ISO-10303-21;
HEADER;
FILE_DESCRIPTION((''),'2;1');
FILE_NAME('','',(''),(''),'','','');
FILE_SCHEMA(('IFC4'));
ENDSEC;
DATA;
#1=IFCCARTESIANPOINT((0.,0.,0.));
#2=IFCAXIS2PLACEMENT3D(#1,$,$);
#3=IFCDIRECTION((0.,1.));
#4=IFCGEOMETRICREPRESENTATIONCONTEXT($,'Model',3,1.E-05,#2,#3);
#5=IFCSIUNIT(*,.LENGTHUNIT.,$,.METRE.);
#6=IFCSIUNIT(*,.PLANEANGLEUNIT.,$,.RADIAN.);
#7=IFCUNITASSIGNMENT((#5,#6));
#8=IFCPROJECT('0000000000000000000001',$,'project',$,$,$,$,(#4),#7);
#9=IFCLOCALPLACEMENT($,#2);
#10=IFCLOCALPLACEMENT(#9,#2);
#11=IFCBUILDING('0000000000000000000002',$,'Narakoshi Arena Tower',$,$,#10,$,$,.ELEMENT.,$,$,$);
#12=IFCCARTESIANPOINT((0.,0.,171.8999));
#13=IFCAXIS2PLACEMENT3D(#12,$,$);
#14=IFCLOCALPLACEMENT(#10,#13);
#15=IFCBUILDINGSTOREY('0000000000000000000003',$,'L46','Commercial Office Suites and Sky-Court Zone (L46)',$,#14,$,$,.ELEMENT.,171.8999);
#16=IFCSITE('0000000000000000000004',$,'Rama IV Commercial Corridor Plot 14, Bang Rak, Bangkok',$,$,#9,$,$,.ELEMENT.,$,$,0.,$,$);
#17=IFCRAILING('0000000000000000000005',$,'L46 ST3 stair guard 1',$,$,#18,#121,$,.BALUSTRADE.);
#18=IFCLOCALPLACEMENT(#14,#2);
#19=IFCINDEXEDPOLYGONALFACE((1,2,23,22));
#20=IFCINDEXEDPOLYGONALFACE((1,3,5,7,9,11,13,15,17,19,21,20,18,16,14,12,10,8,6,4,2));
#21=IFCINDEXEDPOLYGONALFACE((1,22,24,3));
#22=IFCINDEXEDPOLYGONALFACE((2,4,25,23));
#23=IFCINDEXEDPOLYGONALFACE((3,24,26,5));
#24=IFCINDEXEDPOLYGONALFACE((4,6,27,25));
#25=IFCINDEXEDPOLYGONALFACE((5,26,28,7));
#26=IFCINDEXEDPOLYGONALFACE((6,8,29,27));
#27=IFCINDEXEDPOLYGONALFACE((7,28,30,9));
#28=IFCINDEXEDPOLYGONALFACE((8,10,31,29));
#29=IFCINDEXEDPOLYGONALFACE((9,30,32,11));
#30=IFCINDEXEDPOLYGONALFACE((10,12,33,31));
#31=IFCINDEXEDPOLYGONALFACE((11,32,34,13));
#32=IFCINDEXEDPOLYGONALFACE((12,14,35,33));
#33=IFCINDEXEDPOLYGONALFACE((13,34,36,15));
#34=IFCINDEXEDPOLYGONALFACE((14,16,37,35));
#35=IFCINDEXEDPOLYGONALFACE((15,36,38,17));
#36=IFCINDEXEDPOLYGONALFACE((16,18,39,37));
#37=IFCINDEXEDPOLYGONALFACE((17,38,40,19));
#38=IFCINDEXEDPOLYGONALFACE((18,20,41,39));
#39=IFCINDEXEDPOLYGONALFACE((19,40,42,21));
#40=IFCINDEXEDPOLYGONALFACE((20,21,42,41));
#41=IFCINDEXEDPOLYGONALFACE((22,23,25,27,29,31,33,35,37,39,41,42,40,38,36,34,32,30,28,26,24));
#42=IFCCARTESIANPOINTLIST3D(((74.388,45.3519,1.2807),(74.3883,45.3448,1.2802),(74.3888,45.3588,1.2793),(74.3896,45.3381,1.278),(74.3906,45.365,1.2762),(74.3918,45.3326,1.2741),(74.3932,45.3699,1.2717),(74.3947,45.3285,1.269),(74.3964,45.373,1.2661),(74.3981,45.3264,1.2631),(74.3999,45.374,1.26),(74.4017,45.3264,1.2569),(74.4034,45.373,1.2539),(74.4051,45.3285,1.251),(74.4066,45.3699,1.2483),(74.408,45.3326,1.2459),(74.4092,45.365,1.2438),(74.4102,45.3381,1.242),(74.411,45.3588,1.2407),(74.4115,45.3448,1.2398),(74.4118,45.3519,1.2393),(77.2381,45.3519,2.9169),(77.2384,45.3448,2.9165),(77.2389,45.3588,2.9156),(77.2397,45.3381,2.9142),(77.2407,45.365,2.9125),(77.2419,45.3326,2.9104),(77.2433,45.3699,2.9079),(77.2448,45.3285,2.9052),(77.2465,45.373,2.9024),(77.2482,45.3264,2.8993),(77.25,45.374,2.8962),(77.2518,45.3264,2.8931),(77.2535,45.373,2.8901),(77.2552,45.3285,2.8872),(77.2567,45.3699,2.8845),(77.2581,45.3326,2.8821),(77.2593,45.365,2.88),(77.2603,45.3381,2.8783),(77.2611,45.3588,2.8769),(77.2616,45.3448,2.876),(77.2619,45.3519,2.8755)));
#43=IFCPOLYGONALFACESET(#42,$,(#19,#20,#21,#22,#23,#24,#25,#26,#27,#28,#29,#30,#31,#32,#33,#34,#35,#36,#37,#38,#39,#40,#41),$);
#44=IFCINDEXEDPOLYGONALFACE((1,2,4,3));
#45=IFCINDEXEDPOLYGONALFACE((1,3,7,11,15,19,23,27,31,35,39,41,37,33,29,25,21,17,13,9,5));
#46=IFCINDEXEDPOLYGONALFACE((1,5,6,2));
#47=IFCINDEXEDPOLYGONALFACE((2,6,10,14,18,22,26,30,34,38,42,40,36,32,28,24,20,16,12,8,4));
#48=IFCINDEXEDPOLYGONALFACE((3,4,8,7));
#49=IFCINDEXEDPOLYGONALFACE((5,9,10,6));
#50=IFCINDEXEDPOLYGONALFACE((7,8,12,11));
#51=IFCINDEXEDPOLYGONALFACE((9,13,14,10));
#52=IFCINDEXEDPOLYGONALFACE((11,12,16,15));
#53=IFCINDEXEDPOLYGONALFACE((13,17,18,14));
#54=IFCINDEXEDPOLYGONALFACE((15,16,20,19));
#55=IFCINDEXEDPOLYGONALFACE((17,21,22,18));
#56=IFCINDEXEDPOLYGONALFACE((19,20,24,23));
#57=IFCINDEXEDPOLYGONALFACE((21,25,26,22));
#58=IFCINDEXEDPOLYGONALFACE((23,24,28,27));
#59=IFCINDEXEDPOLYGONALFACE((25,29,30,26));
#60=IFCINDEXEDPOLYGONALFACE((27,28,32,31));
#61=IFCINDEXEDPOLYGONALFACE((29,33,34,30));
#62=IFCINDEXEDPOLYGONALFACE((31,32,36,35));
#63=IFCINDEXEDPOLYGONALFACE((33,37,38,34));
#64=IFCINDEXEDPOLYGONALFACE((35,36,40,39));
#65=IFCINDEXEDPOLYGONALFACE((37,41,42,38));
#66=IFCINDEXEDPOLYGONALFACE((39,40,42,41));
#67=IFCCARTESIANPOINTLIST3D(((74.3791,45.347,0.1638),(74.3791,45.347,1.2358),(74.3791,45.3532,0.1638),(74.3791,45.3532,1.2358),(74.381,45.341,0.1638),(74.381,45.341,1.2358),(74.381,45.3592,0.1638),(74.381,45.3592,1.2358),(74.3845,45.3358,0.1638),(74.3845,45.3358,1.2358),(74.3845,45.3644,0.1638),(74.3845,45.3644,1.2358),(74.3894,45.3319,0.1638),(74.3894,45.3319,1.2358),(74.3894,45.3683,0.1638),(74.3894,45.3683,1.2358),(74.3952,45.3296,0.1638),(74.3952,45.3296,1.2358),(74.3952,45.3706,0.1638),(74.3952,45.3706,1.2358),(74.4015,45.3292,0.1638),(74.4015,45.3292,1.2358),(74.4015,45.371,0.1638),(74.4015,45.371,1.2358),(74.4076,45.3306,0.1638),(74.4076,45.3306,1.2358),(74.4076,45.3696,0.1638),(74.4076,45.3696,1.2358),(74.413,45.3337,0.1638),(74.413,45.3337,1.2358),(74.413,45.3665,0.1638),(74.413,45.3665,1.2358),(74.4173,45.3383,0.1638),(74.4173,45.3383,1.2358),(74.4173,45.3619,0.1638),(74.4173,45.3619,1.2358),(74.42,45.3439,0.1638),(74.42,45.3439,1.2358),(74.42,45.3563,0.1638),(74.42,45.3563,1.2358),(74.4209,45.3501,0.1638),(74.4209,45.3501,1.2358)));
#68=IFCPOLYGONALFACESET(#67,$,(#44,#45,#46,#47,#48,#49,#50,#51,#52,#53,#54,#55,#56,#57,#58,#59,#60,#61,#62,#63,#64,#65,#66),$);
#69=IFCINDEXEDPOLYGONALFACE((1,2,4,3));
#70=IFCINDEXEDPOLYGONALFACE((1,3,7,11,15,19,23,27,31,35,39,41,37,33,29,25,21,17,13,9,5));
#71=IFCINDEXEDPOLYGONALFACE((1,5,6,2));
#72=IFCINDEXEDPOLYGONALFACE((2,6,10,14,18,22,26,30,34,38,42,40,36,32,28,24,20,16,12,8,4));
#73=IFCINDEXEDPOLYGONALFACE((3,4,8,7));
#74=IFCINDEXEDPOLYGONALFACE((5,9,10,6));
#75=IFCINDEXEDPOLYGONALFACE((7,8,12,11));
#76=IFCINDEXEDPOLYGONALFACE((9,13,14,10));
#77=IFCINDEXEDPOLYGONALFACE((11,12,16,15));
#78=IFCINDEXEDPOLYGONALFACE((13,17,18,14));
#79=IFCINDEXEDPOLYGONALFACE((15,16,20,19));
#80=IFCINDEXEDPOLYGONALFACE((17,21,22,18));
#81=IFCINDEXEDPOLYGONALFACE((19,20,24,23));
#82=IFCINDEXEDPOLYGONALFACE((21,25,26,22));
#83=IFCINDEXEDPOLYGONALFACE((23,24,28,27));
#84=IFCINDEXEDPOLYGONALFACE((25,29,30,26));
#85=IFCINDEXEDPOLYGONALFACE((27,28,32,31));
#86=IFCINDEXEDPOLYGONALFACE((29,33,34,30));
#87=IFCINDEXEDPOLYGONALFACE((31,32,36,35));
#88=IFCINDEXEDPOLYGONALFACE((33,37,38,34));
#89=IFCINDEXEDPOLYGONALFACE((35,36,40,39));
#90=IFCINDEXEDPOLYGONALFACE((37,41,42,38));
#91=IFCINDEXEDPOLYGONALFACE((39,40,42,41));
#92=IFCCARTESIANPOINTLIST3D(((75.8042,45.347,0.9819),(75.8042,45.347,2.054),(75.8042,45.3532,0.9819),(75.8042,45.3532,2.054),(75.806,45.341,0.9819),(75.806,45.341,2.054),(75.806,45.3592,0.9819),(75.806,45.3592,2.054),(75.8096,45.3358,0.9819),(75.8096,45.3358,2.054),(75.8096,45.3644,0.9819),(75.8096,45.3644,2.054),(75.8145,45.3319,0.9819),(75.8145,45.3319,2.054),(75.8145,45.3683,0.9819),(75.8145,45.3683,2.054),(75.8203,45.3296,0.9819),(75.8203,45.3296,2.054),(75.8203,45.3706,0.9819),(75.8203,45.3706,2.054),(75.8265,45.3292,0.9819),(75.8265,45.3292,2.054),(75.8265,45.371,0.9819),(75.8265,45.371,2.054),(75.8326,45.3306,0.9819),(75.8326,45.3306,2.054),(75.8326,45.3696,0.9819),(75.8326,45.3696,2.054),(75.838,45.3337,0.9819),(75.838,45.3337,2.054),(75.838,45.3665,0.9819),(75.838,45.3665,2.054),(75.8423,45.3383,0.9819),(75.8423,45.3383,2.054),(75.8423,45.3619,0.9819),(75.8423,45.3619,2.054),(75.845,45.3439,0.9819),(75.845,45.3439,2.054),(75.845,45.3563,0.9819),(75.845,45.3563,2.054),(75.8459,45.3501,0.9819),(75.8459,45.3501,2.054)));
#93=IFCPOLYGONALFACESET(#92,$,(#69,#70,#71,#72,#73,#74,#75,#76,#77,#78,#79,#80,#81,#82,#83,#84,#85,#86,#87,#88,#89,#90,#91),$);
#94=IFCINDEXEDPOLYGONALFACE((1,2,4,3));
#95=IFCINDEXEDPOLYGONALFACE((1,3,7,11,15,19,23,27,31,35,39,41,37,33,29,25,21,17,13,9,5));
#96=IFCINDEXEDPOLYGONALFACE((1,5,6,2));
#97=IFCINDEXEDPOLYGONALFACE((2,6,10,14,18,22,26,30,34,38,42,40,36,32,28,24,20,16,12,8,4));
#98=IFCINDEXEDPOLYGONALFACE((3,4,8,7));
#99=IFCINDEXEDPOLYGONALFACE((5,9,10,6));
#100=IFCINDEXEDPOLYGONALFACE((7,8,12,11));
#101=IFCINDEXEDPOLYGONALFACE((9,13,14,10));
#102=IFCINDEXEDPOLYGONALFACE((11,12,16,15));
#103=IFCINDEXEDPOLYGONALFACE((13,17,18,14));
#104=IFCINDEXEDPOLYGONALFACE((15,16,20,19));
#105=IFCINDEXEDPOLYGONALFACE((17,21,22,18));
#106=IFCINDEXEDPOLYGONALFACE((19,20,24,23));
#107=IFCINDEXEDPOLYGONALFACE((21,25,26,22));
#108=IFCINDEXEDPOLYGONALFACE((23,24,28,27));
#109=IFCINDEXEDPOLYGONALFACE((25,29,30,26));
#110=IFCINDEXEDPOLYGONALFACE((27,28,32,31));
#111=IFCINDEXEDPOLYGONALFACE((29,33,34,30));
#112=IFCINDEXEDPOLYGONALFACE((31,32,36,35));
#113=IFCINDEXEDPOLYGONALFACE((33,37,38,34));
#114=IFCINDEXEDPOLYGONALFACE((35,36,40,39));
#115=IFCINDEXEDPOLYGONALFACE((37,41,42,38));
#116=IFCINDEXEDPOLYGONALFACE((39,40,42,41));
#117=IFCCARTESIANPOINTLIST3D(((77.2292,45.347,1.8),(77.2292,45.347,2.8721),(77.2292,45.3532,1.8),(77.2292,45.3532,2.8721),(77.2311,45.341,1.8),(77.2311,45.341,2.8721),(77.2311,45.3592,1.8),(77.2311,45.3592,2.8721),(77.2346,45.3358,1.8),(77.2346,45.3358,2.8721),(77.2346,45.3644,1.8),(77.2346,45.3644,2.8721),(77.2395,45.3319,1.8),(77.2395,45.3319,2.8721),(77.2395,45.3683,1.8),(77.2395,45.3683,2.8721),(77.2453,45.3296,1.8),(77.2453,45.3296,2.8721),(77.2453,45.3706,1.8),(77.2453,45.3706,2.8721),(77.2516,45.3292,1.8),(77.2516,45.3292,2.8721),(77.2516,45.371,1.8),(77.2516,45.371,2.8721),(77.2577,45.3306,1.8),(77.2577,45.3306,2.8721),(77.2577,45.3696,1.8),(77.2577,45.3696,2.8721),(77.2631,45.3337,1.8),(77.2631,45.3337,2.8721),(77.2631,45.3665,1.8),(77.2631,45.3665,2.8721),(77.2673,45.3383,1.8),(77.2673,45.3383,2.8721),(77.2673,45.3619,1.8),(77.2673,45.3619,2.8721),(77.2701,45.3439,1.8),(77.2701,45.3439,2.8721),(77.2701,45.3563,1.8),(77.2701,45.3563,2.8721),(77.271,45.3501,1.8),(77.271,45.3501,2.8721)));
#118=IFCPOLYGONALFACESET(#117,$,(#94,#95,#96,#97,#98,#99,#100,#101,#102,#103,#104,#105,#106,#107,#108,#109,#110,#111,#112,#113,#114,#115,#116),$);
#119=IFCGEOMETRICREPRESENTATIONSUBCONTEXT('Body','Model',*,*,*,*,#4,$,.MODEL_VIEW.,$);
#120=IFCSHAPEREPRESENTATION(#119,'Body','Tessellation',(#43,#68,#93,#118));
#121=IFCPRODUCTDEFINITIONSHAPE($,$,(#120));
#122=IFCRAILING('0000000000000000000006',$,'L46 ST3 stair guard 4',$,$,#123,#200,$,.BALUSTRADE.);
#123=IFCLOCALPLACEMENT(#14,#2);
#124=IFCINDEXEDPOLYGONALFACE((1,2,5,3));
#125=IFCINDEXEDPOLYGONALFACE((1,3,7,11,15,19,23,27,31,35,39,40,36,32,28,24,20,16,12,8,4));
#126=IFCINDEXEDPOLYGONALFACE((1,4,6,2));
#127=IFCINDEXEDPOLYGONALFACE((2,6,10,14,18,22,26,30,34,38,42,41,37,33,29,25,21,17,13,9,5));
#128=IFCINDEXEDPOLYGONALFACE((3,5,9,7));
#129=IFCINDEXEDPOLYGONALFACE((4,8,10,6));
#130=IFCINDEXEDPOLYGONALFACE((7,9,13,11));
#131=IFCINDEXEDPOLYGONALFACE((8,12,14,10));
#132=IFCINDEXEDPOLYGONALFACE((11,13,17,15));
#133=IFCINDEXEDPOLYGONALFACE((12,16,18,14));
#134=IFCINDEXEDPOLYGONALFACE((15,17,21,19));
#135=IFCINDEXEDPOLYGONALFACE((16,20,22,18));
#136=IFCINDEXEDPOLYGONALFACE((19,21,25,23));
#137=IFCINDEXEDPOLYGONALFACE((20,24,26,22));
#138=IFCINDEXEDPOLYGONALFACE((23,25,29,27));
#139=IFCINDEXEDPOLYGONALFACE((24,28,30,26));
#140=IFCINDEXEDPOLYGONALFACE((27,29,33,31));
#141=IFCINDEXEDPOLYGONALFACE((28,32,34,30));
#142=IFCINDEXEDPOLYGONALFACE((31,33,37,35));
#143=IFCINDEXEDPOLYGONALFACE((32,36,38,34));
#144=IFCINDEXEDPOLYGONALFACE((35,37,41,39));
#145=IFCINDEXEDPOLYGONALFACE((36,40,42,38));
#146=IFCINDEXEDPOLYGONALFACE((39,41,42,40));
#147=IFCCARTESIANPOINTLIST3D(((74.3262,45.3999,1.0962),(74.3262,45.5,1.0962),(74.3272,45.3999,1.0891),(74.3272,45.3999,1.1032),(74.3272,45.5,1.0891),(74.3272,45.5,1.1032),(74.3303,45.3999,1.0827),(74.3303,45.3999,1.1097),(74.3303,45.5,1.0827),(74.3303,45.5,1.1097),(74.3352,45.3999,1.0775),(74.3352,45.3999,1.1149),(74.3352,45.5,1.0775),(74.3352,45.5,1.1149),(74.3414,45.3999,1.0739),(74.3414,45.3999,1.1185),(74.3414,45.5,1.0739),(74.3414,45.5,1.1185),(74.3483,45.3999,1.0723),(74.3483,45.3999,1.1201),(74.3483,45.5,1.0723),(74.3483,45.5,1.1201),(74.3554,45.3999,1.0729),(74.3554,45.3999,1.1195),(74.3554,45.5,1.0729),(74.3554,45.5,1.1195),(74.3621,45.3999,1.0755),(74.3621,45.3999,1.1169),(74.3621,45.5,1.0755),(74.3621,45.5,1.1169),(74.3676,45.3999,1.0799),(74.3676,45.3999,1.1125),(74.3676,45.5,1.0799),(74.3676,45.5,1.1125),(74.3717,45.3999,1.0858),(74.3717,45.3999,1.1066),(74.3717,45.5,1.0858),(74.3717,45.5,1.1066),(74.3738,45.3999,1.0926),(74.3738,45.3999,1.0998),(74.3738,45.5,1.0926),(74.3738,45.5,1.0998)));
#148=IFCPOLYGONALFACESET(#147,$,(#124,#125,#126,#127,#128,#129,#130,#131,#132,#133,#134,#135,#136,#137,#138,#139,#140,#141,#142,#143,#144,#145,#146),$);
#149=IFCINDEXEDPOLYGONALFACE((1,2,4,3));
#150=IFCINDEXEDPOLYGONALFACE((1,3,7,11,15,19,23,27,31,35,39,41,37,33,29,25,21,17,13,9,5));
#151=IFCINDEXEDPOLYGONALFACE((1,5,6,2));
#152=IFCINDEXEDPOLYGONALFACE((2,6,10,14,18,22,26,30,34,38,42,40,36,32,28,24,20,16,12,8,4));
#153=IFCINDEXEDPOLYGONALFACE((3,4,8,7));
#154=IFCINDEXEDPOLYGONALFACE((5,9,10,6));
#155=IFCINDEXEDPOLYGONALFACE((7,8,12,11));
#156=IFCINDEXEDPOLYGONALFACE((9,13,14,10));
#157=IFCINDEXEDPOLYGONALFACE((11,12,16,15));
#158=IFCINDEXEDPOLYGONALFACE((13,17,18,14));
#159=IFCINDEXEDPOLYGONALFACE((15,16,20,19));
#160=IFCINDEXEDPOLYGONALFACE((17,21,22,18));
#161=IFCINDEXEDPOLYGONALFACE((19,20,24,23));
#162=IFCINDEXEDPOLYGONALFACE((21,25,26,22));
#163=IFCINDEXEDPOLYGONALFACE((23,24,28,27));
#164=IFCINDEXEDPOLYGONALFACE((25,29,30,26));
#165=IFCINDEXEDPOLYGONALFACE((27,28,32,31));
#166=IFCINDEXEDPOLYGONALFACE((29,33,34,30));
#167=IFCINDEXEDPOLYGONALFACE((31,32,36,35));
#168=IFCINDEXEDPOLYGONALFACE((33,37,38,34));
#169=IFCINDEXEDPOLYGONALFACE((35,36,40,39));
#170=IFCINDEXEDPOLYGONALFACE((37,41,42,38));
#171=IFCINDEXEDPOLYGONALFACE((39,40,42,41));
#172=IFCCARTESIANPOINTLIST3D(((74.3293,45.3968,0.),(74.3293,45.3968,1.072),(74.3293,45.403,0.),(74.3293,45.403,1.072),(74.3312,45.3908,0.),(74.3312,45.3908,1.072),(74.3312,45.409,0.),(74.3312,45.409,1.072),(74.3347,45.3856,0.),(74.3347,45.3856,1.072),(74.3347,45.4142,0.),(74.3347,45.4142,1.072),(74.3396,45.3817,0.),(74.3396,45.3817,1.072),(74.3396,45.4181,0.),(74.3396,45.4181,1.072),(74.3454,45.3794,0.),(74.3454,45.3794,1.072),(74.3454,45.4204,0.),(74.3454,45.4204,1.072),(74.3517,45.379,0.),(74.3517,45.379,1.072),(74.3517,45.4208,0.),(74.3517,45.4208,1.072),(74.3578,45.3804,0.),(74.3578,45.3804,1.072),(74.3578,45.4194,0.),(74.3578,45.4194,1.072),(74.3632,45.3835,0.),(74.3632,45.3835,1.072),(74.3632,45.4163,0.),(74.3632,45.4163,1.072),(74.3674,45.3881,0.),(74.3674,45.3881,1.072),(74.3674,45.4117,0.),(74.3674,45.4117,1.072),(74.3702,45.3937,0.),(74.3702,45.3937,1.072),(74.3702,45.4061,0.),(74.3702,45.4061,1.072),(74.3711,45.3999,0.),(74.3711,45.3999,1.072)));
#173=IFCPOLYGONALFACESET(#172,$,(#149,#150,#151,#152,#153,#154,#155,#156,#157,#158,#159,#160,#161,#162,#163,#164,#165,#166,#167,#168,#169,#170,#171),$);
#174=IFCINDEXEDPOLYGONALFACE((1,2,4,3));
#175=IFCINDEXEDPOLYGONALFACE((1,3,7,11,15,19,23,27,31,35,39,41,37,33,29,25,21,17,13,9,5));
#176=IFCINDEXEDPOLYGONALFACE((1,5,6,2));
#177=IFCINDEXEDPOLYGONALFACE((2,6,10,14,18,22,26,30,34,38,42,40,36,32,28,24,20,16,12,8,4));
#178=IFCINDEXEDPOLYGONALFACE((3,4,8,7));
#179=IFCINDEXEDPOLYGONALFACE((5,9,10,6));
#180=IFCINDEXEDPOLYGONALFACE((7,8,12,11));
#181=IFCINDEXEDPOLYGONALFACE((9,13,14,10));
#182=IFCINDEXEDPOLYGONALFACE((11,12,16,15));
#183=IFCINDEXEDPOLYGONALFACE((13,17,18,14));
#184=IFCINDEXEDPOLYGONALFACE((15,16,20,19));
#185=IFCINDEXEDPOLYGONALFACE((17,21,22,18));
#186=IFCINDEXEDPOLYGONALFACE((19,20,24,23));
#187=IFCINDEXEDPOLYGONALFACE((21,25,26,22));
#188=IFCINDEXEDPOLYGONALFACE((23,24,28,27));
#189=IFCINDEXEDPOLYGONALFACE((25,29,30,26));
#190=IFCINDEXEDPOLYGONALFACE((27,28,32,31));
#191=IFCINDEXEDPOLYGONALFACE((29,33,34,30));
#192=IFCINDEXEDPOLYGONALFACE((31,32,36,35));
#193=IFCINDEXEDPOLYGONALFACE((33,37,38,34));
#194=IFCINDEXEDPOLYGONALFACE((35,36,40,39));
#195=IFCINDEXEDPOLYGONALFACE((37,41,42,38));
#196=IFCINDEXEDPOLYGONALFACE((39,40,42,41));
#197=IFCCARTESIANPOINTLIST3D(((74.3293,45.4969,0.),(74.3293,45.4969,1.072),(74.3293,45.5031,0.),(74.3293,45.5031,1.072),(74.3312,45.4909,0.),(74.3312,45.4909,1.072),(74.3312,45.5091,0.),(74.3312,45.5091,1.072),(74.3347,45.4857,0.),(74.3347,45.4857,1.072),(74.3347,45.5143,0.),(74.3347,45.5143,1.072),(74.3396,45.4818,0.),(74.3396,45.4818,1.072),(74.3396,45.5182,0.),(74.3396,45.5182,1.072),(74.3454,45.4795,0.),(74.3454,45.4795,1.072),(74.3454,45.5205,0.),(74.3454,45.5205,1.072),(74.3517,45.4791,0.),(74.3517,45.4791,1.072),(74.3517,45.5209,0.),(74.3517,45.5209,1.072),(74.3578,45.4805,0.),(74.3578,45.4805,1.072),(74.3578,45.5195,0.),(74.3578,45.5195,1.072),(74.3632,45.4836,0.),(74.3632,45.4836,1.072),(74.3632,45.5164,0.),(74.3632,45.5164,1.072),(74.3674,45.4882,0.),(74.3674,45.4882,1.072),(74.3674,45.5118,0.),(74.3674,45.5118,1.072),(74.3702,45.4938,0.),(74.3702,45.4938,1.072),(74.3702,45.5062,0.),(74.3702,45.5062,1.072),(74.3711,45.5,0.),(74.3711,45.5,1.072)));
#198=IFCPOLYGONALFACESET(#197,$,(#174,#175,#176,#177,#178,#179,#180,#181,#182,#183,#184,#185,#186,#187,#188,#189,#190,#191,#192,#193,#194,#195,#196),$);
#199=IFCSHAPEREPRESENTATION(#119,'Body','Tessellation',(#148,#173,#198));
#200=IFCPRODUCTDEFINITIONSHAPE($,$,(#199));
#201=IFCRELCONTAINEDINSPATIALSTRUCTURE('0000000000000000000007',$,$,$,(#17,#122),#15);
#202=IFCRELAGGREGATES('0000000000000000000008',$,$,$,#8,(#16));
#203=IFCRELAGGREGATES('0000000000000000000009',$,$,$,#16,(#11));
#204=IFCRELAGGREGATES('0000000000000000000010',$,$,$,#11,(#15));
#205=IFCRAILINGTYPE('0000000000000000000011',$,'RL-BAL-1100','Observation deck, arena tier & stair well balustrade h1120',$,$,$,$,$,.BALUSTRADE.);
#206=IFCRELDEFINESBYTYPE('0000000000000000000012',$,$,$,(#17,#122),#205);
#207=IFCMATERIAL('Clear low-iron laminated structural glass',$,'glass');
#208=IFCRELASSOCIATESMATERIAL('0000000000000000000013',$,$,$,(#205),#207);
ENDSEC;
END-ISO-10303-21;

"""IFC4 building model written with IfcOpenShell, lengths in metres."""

from ifc_helpers import new_model, si_unit, direction, frame, origin, origin_2d, place, context, subcontext, project, spatial, circle, extrude, material, type_object, element, save


model = new_model("IFC4")

# Units and contexts
model_context = context("Model", 3, precision=1e-05, world=origin(), true_north=direction((0.0, 1.0)))
body_context = subcontext(model_context, "Body", "Model", "MODEL_VIEW")
ifc_project = project(units=[si_unit("LENGTHUNIT", "METRE"), si_unit("PLANEANGLEUNIT", "RADIAN")], contexts=[model_context])

# Site, building, storey
site_placement = place(None, origin())
site = spatial("IfcSite", under=ifc_project, at=site_placement, Name="Rama IV Commercial Corridor Plot 14, Bang Rak, Bangkok", CompositionType="ELEMENT", RefElevation=0.0)
building_placement = place(site_placement, origin())
building = spatial("IfcBuilding", under=site, at=building_placement, Name="Narakoshi Arena Tower", CompositionType="ELEMENT")
storey_placement = place(building_placement, frame((0.0, 0.0, 171.8999)))
storey = spatial("IfcBuildingStorey", under=building, at=storey_placement, Name="L46", Description="Commercial Office Suites and Sky-Court Zone (L46)", CompositionType="ELEMENT", Elevation=171.8999)

# Railings
ifc_material_1 = material(Name="Clear low-iron laminated structural glass", Category="glass")
railing_type_1 = type_object("IfcRailingType", Name="RL-BAL-1100", Description="Observation deck, arena tier & stair well balustrade h1120", PredefinedType="BALUSTRADE", material=ifc_material_1)
railing_1_placement = place(storey_placement, frame((74.3999, 45.3501, 0.1638)))
element("IfcRailing", 1, at=railing_1_placement, inside=storey, type_object=railing_type_1, Name="L46 ST3 stair guard 1", PredefinedType="BALUSTRADE", context=body_context, shape_type="SweptSolid", body=[
    extrude(circle(Radius=0.0239, at=origin_2d()), frame((0.0, 0.0, 1.0962), z_axis=(0.867245, 0.0, 0.497882), x_axis=(0.0, 1.0, 0.0)), (0.0, 0.0, 1.0), 3.2864),
    extrude(circle(Radius=0.021, at=origin_2d()), origin(), (0.0, 0.0, 1.0), 1.072),
    extrude(circle(Radius=0.021, at=origin_2d()), frame((1.425, 0.0, 0.8181)), (0.0, 0.0, 1.0), 1.072),
    extrude(circle(Radius=0.021, at=origin_2d()), frame((2.8501, 0.0, 1.6362)), (0.0, 0.0, 1.0), 1.072),
])
railing_2_placement = place(storey_placement, frame((74.3501, 45.3999, 0.0)))
element("IfcRailing", 2, at=railing_2_placement, inside=storey, type_object=railing_type_1, Name="L46 ST3 stair guard 4", PredefinedType="BALUSTRADE", context=body_context, shape_type="SweptSolid", body=[
    extrude(circle(Radius=0.0239, at=origin_2d()), frame((0.0, 0.0, 1.0962), z_axis=(0.0, 1.0, 0.0), x_axis=(-1.0, 0.0, 0.0)), (0.0, 0.0, 1.0), 0.1001),
    extrude(circle(Radius=0.021, at=origin_2d()), origin(), (0.0, 0.0, 1.0), 1.072),
    extrude(circle(Radius=0.021, at=origin_2d()), frame((0.0, 0.1001, 0.0)), (0.0, 0.0, 1.0), 1.072),
])

save(model, "model.ifc")
